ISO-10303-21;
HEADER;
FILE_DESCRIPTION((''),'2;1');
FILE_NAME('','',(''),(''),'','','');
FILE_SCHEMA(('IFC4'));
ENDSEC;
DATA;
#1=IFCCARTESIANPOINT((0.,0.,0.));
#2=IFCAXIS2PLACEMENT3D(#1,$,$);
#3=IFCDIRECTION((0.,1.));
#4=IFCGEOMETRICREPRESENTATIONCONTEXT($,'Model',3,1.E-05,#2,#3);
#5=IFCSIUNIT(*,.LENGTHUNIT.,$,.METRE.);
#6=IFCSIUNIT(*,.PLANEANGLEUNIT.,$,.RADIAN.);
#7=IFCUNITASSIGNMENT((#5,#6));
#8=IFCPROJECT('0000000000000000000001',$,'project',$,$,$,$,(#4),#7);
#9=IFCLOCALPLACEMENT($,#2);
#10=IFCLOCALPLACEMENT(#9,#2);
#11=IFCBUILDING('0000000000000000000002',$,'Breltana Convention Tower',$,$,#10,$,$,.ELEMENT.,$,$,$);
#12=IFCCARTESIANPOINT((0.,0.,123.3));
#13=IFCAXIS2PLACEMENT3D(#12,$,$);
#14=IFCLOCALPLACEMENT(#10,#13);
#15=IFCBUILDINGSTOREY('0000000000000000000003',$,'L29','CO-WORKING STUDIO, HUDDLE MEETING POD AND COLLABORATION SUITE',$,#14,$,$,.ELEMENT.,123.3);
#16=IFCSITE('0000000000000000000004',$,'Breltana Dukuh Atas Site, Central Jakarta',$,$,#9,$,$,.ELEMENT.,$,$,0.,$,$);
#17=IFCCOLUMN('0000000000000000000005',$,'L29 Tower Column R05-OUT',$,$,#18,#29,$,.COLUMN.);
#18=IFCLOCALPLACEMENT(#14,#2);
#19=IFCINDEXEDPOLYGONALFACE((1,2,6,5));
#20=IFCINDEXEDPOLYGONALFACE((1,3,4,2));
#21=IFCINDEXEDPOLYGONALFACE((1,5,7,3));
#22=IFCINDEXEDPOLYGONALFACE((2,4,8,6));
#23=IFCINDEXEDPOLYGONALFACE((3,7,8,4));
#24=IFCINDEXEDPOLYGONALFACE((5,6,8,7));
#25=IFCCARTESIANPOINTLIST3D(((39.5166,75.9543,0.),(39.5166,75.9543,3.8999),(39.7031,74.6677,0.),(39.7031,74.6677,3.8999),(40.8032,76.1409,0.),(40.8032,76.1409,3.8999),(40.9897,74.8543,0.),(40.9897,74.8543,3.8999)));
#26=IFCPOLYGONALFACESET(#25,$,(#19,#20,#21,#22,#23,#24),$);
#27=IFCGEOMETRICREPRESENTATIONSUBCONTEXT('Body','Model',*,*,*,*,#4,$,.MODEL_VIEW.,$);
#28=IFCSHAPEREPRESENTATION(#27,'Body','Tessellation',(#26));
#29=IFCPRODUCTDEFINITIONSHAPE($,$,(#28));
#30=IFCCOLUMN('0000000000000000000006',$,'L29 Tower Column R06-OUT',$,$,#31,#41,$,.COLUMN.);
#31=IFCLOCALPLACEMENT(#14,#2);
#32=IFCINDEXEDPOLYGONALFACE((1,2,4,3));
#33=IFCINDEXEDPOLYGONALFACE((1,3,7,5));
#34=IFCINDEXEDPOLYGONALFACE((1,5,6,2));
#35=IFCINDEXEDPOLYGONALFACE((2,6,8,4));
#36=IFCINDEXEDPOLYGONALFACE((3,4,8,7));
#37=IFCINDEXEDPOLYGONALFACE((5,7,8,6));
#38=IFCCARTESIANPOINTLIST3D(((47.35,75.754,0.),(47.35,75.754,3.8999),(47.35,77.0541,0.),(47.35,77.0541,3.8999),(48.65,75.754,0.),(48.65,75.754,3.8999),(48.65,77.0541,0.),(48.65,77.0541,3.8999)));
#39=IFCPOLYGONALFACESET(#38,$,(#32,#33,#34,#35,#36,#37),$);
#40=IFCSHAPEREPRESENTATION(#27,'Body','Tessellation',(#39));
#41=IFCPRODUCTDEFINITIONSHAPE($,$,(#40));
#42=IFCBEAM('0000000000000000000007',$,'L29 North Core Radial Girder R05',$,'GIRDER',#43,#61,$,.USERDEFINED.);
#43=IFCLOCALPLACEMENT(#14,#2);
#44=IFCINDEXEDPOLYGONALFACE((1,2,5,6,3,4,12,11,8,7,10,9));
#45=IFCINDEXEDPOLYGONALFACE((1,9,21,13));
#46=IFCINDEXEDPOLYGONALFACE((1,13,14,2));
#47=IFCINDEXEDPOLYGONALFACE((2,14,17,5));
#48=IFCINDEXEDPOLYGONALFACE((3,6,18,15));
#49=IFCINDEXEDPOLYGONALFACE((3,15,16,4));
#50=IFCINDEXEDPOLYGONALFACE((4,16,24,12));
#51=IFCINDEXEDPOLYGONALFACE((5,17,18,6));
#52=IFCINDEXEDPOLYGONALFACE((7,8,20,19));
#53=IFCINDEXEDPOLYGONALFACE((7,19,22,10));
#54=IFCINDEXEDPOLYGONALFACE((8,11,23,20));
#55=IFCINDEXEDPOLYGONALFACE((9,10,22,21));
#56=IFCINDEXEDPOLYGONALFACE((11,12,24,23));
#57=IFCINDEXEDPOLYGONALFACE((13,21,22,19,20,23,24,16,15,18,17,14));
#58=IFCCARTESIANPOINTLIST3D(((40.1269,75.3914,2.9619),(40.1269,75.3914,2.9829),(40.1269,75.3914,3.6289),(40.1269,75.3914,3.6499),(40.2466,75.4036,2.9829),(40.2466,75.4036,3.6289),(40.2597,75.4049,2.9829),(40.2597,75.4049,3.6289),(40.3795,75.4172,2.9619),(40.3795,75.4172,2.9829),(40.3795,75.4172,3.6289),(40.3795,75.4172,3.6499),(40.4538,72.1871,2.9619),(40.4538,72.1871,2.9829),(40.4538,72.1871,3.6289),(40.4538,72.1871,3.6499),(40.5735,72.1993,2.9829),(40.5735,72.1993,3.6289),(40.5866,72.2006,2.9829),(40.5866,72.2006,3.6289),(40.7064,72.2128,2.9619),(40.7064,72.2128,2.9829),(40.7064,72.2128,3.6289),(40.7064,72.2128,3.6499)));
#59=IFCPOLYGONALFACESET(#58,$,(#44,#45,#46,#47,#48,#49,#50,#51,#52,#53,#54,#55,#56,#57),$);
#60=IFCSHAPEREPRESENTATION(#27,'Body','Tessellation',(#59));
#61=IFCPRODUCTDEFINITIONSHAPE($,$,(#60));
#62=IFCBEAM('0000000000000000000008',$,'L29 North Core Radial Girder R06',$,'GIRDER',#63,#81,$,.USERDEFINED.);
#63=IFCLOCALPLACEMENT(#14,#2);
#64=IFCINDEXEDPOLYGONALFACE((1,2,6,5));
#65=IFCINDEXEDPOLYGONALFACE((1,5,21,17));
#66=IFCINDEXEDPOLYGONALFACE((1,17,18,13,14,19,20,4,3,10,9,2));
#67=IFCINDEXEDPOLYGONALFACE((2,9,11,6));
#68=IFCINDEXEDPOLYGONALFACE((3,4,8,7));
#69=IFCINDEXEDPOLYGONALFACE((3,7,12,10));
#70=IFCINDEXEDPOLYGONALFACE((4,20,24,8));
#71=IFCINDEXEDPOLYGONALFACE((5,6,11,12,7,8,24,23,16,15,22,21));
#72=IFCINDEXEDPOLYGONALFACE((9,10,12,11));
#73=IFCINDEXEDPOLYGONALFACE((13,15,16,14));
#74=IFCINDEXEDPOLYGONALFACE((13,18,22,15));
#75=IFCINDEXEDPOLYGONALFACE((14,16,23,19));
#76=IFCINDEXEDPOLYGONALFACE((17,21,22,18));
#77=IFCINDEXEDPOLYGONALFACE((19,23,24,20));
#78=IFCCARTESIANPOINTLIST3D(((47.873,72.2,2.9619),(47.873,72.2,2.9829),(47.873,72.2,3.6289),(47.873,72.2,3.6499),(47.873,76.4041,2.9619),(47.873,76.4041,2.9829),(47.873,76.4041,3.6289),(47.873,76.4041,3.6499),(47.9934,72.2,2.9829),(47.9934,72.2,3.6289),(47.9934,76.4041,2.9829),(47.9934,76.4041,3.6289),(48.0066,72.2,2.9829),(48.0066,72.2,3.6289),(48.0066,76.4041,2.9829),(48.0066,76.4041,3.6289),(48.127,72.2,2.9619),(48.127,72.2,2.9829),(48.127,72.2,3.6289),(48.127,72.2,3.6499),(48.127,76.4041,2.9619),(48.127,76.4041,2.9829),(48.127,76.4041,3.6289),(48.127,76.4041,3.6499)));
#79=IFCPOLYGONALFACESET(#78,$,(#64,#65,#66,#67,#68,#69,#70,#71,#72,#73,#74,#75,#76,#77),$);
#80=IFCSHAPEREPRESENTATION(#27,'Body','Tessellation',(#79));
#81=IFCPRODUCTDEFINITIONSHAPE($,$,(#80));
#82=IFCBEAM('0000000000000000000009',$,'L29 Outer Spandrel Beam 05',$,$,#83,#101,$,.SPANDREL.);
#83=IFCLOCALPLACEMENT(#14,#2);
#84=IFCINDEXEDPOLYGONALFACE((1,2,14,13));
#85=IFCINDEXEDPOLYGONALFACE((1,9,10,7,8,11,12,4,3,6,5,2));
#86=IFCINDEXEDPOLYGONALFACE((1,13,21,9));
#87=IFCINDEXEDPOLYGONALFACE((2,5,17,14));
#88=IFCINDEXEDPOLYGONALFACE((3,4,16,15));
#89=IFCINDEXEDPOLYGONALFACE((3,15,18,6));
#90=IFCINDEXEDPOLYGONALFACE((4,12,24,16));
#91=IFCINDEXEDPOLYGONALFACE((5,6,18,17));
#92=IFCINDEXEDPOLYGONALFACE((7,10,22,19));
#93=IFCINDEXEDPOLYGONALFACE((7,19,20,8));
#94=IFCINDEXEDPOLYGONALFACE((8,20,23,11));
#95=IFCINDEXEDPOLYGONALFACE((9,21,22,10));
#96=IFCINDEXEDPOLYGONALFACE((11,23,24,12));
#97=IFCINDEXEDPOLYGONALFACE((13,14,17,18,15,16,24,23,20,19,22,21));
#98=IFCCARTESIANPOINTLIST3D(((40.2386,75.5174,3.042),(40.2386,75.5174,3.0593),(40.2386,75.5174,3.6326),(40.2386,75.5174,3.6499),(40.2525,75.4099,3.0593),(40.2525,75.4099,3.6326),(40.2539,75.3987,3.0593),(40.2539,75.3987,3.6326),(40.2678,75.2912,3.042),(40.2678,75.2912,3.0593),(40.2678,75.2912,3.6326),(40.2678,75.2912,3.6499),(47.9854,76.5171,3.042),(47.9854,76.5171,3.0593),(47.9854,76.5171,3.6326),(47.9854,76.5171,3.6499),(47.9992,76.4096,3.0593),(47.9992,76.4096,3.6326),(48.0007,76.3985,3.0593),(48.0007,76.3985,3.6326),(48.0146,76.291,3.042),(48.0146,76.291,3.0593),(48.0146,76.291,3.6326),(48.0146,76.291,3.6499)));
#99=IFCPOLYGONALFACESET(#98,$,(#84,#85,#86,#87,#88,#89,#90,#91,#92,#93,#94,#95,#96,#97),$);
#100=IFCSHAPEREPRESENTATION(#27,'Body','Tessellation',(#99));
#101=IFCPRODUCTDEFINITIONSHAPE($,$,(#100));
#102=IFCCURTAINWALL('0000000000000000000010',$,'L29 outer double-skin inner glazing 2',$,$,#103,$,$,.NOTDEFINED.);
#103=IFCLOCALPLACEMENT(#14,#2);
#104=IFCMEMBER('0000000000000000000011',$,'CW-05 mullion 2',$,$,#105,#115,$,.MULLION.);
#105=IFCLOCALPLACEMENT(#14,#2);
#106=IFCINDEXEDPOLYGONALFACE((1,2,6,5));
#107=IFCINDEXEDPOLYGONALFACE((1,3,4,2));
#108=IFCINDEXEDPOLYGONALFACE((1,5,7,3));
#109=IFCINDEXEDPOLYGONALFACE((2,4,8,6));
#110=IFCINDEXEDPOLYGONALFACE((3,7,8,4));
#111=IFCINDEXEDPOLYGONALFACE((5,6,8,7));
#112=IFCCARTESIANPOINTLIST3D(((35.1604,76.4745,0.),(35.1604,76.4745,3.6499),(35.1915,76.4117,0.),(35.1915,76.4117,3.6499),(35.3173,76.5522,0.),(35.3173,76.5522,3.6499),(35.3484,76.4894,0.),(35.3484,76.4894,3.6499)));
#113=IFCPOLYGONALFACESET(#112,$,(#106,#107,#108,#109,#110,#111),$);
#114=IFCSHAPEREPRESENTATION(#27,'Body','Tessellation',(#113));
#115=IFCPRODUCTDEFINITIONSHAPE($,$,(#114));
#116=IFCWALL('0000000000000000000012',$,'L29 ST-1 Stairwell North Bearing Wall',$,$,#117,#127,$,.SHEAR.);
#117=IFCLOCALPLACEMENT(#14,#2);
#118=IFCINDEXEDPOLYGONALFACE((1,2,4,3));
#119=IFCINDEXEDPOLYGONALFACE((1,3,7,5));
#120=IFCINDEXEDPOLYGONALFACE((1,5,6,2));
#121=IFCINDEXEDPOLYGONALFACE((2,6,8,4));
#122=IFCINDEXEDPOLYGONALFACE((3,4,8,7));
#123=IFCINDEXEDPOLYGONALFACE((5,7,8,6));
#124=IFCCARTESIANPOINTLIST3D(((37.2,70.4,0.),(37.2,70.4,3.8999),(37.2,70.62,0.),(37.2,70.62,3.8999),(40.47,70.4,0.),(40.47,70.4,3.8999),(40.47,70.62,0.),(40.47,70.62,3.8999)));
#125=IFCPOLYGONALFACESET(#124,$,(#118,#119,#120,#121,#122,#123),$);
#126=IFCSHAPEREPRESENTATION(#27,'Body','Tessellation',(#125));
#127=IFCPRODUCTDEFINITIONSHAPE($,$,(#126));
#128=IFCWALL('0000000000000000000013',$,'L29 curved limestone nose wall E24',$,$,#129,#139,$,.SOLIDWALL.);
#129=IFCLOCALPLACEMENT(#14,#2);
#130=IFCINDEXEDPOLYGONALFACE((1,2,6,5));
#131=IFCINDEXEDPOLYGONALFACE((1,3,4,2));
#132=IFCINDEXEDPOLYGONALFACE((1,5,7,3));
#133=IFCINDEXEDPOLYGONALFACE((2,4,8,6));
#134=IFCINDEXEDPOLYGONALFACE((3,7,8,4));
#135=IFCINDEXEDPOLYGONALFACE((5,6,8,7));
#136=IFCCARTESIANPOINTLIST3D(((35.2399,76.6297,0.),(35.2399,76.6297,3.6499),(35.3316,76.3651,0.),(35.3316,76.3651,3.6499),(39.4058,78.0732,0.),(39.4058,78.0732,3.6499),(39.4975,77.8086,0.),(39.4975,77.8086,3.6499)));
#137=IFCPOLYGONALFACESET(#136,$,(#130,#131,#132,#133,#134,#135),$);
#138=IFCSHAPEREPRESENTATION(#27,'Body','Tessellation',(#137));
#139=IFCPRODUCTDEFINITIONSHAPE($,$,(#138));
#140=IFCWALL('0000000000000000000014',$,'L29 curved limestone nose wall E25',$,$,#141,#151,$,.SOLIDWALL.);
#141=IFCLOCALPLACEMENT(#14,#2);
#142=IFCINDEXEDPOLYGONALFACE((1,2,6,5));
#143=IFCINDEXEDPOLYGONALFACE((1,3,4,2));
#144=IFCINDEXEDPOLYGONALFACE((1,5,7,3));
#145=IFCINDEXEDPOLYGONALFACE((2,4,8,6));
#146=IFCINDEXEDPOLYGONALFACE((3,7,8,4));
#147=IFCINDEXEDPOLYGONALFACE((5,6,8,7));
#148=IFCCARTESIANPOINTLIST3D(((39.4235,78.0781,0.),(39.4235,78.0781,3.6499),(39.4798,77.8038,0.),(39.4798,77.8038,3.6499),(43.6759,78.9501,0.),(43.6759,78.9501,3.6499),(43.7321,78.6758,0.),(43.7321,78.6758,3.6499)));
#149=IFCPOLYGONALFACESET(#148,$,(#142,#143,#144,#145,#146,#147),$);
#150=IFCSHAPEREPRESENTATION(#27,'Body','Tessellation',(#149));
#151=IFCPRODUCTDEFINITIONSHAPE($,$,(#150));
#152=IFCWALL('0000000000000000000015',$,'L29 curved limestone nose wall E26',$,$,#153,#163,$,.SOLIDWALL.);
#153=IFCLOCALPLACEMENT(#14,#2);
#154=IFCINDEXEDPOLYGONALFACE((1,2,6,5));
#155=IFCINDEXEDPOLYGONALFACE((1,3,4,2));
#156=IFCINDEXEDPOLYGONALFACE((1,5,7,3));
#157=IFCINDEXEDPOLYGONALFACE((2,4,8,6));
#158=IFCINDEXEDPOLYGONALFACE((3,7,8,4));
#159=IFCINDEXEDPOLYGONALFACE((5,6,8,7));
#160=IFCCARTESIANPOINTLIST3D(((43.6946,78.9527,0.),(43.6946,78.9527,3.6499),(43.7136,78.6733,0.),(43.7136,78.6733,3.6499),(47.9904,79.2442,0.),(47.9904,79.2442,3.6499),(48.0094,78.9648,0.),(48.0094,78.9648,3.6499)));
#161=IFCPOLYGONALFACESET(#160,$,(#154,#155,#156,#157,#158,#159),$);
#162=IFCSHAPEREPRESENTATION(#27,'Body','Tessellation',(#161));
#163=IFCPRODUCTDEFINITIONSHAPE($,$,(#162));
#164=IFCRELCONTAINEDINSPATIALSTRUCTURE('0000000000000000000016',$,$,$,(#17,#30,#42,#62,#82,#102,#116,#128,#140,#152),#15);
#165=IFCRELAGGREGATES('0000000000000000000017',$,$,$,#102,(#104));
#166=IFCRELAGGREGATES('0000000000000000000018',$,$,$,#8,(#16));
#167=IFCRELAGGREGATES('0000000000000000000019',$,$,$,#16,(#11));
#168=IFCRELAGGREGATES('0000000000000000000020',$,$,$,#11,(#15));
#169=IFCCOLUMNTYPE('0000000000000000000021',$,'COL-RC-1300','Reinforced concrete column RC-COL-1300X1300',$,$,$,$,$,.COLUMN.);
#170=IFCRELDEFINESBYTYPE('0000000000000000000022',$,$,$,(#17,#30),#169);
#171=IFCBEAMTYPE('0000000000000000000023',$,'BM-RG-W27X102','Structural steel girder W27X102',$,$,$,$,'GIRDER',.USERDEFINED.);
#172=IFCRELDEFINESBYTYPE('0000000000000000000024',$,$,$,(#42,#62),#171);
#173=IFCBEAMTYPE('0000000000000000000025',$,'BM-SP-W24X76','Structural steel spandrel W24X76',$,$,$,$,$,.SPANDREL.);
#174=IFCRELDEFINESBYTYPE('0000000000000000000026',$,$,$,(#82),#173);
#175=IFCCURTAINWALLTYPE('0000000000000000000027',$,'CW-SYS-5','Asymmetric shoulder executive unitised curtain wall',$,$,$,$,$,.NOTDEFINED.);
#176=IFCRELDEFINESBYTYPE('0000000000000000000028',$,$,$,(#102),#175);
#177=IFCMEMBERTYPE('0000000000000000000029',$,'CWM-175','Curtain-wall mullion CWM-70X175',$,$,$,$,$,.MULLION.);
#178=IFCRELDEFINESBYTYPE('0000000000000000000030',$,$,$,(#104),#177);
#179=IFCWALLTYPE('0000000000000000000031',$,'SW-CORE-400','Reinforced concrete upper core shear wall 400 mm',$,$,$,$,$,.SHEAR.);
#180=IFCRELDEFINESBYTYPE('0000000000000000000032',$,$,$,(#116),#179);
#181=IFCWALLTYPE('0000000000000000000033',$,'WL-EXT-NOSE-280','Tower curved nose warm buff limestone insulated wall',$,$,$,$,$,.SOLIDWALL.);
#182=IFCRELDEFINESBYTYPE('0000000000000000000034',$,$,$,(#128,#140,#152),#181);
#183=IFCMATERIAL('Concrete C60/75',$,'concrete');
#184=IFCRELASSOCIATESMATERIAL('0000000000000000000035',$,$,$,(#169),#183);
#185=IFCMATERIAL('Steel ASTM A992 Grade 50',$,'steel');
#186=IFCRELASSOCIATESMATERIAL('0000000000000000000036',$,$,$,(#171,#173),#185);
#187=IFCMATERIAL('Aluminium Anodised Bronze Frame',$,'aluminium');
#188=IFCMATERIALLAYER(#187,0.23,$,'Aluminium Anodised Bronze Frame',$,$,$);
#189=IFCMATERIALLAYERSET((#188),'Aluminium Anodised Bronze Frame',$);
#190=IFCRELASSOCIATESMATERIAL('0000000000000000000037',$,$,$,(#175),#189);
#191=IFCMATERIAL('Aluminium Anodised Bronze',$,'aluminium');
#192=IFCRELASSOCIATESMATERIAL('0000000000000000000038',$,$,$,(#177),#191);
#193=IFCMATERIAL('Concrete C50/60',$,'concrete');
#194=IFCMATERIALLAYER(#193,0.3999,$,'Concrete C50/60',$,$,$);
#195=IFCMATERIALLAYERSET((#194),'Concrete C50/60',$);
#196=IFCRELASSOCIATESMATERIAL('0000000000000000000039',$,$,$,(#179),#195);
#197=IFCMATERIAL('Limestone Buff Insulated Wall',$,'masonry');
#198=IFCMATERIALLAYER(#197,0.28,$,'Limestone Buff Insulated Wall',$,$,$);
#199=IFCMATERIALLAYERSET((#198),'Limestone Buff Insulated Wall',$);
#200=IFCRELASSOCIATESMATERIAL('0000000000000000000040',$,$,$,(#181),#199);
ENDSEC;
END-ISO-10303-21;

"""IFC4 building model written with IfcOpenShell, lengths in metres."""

from ifc_helpers import new_model, si_unit, direction, frame, frame_2d, origin, origin_2d, place, context, subcontext, project, spatial, rectangle, i_section, extrude, source, transform, mapped, material, layer, layer_set, material_profile, profile_set, type_object, element, aggregate, save


model = new_model("IFC4")

# Units and contexts
model_context = context("Model", 3, precision=1e-05, world=origin(), true_north=direction((0.0, 1.0)))
body_context = subcontext(model_context, "Body", "Model", "MODEL_VIEW")
ifc_project = project(units=[si_unit("LENGTHUNIT", "METRE"), si_unit("PLANEANGLEUNIT", "RADIAN")], contexts=[model_context])

# Site, building, storey
site_placement = place(None, origin())
site = spatial("IfcSite", under=ifc_project, at=site_placement, Name="Breltana Dukuh Atas Site, Central Jakarta", CompositionType="ELEMENT", RefElevation=0.0)
building_placement = place(site_placement, origin())
building = spatial("IfcBuilding", under=site, at=building_placement, Name="Breltana Convention Tower", CompositionType="ELEMENT")
storey_placement = place(building_placement, frame((0.0, 0.0, 123.3)))
storey = spatial("IfcBuildingStorey", under=building, at=storey_placement, Name="L29", Description="CO-WORKING STUDIO, HUDDLE MEETING POD AND COLLABORATION SUITE", CompositionType="ELEMENT", Elevation=123.3)

# Columns
ifc_material_1 = material(Name="Concrete C60/75", Category="concrete")
ifc_material_profile_1 = material_profile(ifc_material_1, rectangle(XDim=1.3, YDim=1.3, at=origin_2d()), Name="RC-COL-1300X1300")
ifc_profile_set_1 = profile_set([ifc_material_profile_1], Name="Concrete C60/75")
column_type = type_object("IfcColumnType", Name="COL-RC-1300", Description="Reinforced concrete column RC-COL-1300X1300", PredefinedType="COLUMN", material=ifc_profile_set_1)
shared_shape_1 = source(origin(), body_context, "Body", "SweptSolid", [
    extrude(rectangle(XDim=1.3, YDim=1.3, at=origin_2d()), origin(), (0.0, 0.0, 1.0), 3.8999),
])
for number, where, z_axis, x_axis, name in (
    (1, (40.2532, 75.4043, 0.0), (0.0, 0.0, 1.0), (-0.143493, 0.989651, 0.0), "L29 Tower Column R05-OUT"),
    (2, (48.0, 76.4041, 0.0), (0.0, 0.0, 1.0), (0.0, 1.0, 0.0), "L29 Tower Column R06-OUT"),
):
    element("IfcColumn", number, at=place(storey_placement, frame(where, z_axis=z_axis, x_axis=x_axis)), inside=storey, type_object=column_type, Name=name, PredefinedType="COLUMN", context=body_context, shape_type="MappedRepresentation", body=[
        mapped(shared_shape_1, transform((0.0, 0.0, 0.0), scale=1.0)),
    ])

# Beams
ifc_material_2 = material(Name="Steel ASTM A992 Grade 50", Category="steel")
ifc_material_profile_2 = material_profile(ifc_material_2, i_section(OverallWidth=0.2539, OverallDepth=0.688, WebThickness=0.0132, FlangeThickness=0.021, at=origin_2d()), Name="W27X102")
ifc_profile_set_2 = profile_set([ifc_material_profile_2], Name="Steel ASTM A992 Grade 50")
beam_type_1 = type_object("IfcBeamType", Name="BM-RG-W27X102", Description="Structural steel girder W27X102", ElementType="GIRDER", PredefinedType="USERDEFINED", material=ifc_profile_set_2)
shared_shape_2 = source(origin(), body_context, "Body", "SweptSolid", [
    extrude(i_section(OverallWidth=0.2539, OverallDepth=0.688, WebThickness=0.0132, FlangeThickness=0.021, at=origin_2d()), origin(), (0.0, 0.0, 1.0), 3.2209),
])
beam_1_placement = place(storey_placement, frame((40.5801, 72.2, 3.3059), z_axis=(-0.101492, 0.994836, 0.0), x_axis=(-0.994836, -0.101492, 0.0)))
element("IfcBeam", 3, at=beam_1_placement, inside=storey, type_object=beam_type_1, Name="L29 North Core Radial Girder R05", ObjectType="GIRDER", PredefinedType="USERDEFINED", context=body_context, shape_type="MappedRepresentation", body=[
    mapped(shared_shape_2, transform((0.0, 0.0, 0.0), scale=1.0)),
])
shared_shape_3 = source(origin(), body_context, "Body", "SweptSolid", [
    extrude(i_section(OverallWidth=0.2539, OverallDepth=0.688, WebThickness=0.0132, FlangeThickness=0.021, at=origin_2d()), origin(), (0.0, 0.0, 1.0), 4.2041),
])
beam_2_placement = place(storey_placement, frame((48.0, 72.2, 3.3059), z_axis=(0.0, 1.0, 0.0), x_axis=(-1.0, 0.0, 0.0)))
element("IfcBeam", 4, at=beam_2_placement, inside=storey, type_object=beam_type_1, Name="L29 North Core Radial Girder R06", ObjectType="GIRDER", PredefinedType="USERDEFINED", context=body_context, shape_type="MappedRepresentation", body=[
    mapped(shared_shape_3, transform((0.0, 0.0, 0.0), scale=1.0)),
])
ifc_material_profile_3 = material_profile(ifc_material_2, i_section(OverallWidth=0.228, OverallDepth=0.6079, WebThickness=0.0112, FlangeThickness=0.0173, at=origin_2d()), Name="W24X76")
ifc_profile_set_3 = profile_set([ifc_material_profile_3], Name="Steel ASTM A992 Grade 50")
beam_type_2 = type_object("IfcBeamType", Name="BM-SP-W24X76", Description="Structural steel spandrel W24X76", PredefinedType="SPANDREL", material=ifc_profile_set_3)
shared_shape_4 = source(origin(), body_context, "Body", "SweptSolid", [
    extrude(i_section(OverallWidth=0.228, OverallDepth=0.6079, WebThickness=0.0112, FlangeThickness=0.0173, at=origin_2d()), origin(), (0.0, 0.0, 1.0), 7.811),
])
beam_3_placement = place(storey_placement, frame((40.2532, 75.4043, 3.3459), z_axis=(0.991775, 0.127992, 0.0), x_axis=(-0.127992, 0.991775, 0.0)))
element("IfcBeam", 5, at=beam_3_placement, inside=storey, type_object=beam_type_2, Name="L29 Outer Spandrel Beam 05", PredefinedType="SPANDREL", context=body_context, shape_type="MappedRepresentation", body=[
    mapped(shared_shape_4, transform((0.0, 0.0, 0.0), scale=1.0)),
])

# Curtain wall, member
ifc_material_3 = material(Name="Aluminium Anodised Bronze Frame", Category="aluminium")
ifc_layer_1 = layer(ifc_material_3, 0.23, Name="Aluminium Anodised Bronze Frame")
ifc_layer_set_1 = layer_set([ifc_layer_1], Name="Aluminium Anodised Bronze Frame")
curtain_wall_type = type_object("IfcCurtainWallType", Name="CW-SYS-5", Description="Asymmetric shoulder executive unitised curtain wall", PredefinedType="NOTDEFINED", material=ifc_layer_set_1)
curtain_wall_placement = place(storey_placement, origin())
curtain_wall = element("IfcCurtainWall", 6, at=curtain_wall_placement, inside=storey, type_object=curtain_wall_type, Name="L29 outer double-skin inner glazing 2", PredefinedType="NOTDEFINED")
ifc_material_4 = material(Name="Aluminium Anodised Bronze", Category="aluminium")
ifc_material_profile_4 = material_profile(ifc_material_4, rectangle(XDim=0.0701, YDim=0.175, at=origin_2d()), Name="CWM-70X175")
ifc_profile_set_4 = profile_set([ifc_material_profile_4], Name="Aluminium Anodised Bronze")
member_type = type_object("IfcMemberType", Name="CWM-175", Description="Curtain-wall mullion CWM-70X175", PredefinedType="MULLION", material=ifc_profile_set_4)
shared_shape_5 = source(origin(), body_context, "Body", "SweptSolid", [
    extrude(rectangle(XDim=0.0701, YDim=0.175, at=origin_2d()), origin(), (0.0, 0.0, 1.0), 3.6499),
])
member_placement = place(storey_placement, frame((35.2544, 76.4819, 0.0), z_axis=(0.0, 0.0, 1.0), x_axis=(-0.444122, 0.895967, 0.0)))
member = element("IfcMember", 7, at=member_placement, type_object=member_type, Name="CW-05 mullion 2", PredefinedType="MULLION", context=body_context, shape_type="MappedRepresentation", body=[
    mapped(shared_shape_5, transform((0.0, 0.0, 0.0), scale=1.0)),
])
aggregate(curtain_wall, [member])

# Walls
ifc_material_5 = material(Name="Concrete C50/60", Category="concrete")
ifc_layer_2 = layer(ifc_material_5, 0.3999, Name="Concrete C50/60")
ifc_layer_set_2 = layer_set([ifc_layer_2], Name="Concrete C50/60")
wall_type_1 = type_object("IfcWallType", Name="SW-CORE-400", Description="Reinforced concrete upper core shear wall 400 mm", PredefinedType="SHEAR", material=ifc_layer_set_2)
shared_shape_6 = source(origin(), body_context, "Body", "SweptSolid", [
    extrude(rectangle(XDim=3.27, YDim=0.22, at=frame_2d((1.635, 0.0))), origin(), (0.0, 0.0, 1.0), 3.8999),
])
wall_1_placement = place(storey_placement, frame((37.2, 70.51, 0.0), z_axis=(0.0, 0.0, 1.0), x_axis=(1.0, 0.0, 0.0)))
element("IfcWall", 8, at=wall_1_placement, inside=storey, type_object=wall_type_1, Name="L29 ST-1 Stairwell North Bearing Wall", PredefinedType="SHEAR", context=body_context, shape_type="MappedRepresentation", body=[
    mapped(shared_shape_6, transform((0.0, 0.0, 0.0), scale=1.0)),
])
ifc_material_6 = material(Name="Limestone Buff Insulated Wall", Category="masonry")
ifc_layer_3 = layer(ifc_material_6, 0.28, Name="Limestone Buff Insulated Wall")
ifc_layer_set_3 = layer_set([ifc_layer_3], Name="Limestone Buff Insulated Wall")
wall_type_2 = type_object("IfcWallType", Name="WL-EXT-NOSE-280", Description="Tower curved nose warm buff limestone insulated wall", PredefinedType="SOLIDWALL", material=ifc_layer_set_3)
shared_shape_7 = source(origin(), body_context, "Body", "SweptSolid", [
    extrude(rectangle(XDim=4.4089, YDim=0.28, at=frame_2d((2.2046, 0.0))), origin(), (0.0, 0.0, 1.0), 3.6499),
])
wall_2_placement = place(storey_placement, frame((35.2856, 76.4973, 0.0), z_axis=(0.0, 0.0, 1.0), x_axis=(0.944879, 0.327419, 0.0)))
element("IfcWall", 9, at=wall_2_placement, inside=storey, type_object=wall_type_2, Name="L29 curved limestone nose wall E24", PredefinedType="SOLIDWALL", context=body_context, shape_type="MappedRepresentation", body=[
    mapped(shared_shape_7, transform((0.0, 0.0, 0.0), scale=1.0)),
])
shared_shape_8 = source(origin(), body_context, "Body", "SweptSolid", [
    extrude(rectangle(XDim=4.3408, YDim=0.28, at=frame_2d((2.1704, 0.0))), origin(), (0.0, 0.0, 1.0), 3.6499),
])
wall_3_placement = place(storey_placement, frame((39.4517, 77.9409, 0.0), z_axis=(0.0, 0.0, 1.0), x_axis=(0.979613, 0.200894, 0.0)))
element("IfcWall", 10, at=wall_3_placement, inside=storey, type_object=wall_type_2, Name="L29 curved limestone nose wall E25", PredefinedType="SOLIDWALL", context=body_context, shape_type="MappedRepresentation", body=[
    mapped(shared_shape_8, transform((0.0, 0.0, 0.0), scale=1.0)),
])
shared_shape_9 = source(origin(), body_context, "Body", "SweptSolid", [
    extrude(rectangle(XDim=4.3057, YDim=0.28, at=frame_2d((2.1528, 0.0))), origin(), (0.0, 0.0, 1.0), 3.6499),
])
wall_4_placement = place(storey_placement, frame((43.7041, 78.813, 0.0), z_axis=(0.0, 0.0, 1.0), x_axis=(0.997706, 0.067701, 0.0)))
element("IfcWall", 11, at=wall_4_placement, inside=storey, type_object=wall_type_2, Name="L29 curved limestone nose wall E26", PredefinedType="SOLIDWALL", context=body_context, shape_type="MappedRepresentation", body=[
    mapped(shared_shape_9, transform((0.0, 0.0, 0.0), scale=1.0)),
])

save(model, "model.ifc")
